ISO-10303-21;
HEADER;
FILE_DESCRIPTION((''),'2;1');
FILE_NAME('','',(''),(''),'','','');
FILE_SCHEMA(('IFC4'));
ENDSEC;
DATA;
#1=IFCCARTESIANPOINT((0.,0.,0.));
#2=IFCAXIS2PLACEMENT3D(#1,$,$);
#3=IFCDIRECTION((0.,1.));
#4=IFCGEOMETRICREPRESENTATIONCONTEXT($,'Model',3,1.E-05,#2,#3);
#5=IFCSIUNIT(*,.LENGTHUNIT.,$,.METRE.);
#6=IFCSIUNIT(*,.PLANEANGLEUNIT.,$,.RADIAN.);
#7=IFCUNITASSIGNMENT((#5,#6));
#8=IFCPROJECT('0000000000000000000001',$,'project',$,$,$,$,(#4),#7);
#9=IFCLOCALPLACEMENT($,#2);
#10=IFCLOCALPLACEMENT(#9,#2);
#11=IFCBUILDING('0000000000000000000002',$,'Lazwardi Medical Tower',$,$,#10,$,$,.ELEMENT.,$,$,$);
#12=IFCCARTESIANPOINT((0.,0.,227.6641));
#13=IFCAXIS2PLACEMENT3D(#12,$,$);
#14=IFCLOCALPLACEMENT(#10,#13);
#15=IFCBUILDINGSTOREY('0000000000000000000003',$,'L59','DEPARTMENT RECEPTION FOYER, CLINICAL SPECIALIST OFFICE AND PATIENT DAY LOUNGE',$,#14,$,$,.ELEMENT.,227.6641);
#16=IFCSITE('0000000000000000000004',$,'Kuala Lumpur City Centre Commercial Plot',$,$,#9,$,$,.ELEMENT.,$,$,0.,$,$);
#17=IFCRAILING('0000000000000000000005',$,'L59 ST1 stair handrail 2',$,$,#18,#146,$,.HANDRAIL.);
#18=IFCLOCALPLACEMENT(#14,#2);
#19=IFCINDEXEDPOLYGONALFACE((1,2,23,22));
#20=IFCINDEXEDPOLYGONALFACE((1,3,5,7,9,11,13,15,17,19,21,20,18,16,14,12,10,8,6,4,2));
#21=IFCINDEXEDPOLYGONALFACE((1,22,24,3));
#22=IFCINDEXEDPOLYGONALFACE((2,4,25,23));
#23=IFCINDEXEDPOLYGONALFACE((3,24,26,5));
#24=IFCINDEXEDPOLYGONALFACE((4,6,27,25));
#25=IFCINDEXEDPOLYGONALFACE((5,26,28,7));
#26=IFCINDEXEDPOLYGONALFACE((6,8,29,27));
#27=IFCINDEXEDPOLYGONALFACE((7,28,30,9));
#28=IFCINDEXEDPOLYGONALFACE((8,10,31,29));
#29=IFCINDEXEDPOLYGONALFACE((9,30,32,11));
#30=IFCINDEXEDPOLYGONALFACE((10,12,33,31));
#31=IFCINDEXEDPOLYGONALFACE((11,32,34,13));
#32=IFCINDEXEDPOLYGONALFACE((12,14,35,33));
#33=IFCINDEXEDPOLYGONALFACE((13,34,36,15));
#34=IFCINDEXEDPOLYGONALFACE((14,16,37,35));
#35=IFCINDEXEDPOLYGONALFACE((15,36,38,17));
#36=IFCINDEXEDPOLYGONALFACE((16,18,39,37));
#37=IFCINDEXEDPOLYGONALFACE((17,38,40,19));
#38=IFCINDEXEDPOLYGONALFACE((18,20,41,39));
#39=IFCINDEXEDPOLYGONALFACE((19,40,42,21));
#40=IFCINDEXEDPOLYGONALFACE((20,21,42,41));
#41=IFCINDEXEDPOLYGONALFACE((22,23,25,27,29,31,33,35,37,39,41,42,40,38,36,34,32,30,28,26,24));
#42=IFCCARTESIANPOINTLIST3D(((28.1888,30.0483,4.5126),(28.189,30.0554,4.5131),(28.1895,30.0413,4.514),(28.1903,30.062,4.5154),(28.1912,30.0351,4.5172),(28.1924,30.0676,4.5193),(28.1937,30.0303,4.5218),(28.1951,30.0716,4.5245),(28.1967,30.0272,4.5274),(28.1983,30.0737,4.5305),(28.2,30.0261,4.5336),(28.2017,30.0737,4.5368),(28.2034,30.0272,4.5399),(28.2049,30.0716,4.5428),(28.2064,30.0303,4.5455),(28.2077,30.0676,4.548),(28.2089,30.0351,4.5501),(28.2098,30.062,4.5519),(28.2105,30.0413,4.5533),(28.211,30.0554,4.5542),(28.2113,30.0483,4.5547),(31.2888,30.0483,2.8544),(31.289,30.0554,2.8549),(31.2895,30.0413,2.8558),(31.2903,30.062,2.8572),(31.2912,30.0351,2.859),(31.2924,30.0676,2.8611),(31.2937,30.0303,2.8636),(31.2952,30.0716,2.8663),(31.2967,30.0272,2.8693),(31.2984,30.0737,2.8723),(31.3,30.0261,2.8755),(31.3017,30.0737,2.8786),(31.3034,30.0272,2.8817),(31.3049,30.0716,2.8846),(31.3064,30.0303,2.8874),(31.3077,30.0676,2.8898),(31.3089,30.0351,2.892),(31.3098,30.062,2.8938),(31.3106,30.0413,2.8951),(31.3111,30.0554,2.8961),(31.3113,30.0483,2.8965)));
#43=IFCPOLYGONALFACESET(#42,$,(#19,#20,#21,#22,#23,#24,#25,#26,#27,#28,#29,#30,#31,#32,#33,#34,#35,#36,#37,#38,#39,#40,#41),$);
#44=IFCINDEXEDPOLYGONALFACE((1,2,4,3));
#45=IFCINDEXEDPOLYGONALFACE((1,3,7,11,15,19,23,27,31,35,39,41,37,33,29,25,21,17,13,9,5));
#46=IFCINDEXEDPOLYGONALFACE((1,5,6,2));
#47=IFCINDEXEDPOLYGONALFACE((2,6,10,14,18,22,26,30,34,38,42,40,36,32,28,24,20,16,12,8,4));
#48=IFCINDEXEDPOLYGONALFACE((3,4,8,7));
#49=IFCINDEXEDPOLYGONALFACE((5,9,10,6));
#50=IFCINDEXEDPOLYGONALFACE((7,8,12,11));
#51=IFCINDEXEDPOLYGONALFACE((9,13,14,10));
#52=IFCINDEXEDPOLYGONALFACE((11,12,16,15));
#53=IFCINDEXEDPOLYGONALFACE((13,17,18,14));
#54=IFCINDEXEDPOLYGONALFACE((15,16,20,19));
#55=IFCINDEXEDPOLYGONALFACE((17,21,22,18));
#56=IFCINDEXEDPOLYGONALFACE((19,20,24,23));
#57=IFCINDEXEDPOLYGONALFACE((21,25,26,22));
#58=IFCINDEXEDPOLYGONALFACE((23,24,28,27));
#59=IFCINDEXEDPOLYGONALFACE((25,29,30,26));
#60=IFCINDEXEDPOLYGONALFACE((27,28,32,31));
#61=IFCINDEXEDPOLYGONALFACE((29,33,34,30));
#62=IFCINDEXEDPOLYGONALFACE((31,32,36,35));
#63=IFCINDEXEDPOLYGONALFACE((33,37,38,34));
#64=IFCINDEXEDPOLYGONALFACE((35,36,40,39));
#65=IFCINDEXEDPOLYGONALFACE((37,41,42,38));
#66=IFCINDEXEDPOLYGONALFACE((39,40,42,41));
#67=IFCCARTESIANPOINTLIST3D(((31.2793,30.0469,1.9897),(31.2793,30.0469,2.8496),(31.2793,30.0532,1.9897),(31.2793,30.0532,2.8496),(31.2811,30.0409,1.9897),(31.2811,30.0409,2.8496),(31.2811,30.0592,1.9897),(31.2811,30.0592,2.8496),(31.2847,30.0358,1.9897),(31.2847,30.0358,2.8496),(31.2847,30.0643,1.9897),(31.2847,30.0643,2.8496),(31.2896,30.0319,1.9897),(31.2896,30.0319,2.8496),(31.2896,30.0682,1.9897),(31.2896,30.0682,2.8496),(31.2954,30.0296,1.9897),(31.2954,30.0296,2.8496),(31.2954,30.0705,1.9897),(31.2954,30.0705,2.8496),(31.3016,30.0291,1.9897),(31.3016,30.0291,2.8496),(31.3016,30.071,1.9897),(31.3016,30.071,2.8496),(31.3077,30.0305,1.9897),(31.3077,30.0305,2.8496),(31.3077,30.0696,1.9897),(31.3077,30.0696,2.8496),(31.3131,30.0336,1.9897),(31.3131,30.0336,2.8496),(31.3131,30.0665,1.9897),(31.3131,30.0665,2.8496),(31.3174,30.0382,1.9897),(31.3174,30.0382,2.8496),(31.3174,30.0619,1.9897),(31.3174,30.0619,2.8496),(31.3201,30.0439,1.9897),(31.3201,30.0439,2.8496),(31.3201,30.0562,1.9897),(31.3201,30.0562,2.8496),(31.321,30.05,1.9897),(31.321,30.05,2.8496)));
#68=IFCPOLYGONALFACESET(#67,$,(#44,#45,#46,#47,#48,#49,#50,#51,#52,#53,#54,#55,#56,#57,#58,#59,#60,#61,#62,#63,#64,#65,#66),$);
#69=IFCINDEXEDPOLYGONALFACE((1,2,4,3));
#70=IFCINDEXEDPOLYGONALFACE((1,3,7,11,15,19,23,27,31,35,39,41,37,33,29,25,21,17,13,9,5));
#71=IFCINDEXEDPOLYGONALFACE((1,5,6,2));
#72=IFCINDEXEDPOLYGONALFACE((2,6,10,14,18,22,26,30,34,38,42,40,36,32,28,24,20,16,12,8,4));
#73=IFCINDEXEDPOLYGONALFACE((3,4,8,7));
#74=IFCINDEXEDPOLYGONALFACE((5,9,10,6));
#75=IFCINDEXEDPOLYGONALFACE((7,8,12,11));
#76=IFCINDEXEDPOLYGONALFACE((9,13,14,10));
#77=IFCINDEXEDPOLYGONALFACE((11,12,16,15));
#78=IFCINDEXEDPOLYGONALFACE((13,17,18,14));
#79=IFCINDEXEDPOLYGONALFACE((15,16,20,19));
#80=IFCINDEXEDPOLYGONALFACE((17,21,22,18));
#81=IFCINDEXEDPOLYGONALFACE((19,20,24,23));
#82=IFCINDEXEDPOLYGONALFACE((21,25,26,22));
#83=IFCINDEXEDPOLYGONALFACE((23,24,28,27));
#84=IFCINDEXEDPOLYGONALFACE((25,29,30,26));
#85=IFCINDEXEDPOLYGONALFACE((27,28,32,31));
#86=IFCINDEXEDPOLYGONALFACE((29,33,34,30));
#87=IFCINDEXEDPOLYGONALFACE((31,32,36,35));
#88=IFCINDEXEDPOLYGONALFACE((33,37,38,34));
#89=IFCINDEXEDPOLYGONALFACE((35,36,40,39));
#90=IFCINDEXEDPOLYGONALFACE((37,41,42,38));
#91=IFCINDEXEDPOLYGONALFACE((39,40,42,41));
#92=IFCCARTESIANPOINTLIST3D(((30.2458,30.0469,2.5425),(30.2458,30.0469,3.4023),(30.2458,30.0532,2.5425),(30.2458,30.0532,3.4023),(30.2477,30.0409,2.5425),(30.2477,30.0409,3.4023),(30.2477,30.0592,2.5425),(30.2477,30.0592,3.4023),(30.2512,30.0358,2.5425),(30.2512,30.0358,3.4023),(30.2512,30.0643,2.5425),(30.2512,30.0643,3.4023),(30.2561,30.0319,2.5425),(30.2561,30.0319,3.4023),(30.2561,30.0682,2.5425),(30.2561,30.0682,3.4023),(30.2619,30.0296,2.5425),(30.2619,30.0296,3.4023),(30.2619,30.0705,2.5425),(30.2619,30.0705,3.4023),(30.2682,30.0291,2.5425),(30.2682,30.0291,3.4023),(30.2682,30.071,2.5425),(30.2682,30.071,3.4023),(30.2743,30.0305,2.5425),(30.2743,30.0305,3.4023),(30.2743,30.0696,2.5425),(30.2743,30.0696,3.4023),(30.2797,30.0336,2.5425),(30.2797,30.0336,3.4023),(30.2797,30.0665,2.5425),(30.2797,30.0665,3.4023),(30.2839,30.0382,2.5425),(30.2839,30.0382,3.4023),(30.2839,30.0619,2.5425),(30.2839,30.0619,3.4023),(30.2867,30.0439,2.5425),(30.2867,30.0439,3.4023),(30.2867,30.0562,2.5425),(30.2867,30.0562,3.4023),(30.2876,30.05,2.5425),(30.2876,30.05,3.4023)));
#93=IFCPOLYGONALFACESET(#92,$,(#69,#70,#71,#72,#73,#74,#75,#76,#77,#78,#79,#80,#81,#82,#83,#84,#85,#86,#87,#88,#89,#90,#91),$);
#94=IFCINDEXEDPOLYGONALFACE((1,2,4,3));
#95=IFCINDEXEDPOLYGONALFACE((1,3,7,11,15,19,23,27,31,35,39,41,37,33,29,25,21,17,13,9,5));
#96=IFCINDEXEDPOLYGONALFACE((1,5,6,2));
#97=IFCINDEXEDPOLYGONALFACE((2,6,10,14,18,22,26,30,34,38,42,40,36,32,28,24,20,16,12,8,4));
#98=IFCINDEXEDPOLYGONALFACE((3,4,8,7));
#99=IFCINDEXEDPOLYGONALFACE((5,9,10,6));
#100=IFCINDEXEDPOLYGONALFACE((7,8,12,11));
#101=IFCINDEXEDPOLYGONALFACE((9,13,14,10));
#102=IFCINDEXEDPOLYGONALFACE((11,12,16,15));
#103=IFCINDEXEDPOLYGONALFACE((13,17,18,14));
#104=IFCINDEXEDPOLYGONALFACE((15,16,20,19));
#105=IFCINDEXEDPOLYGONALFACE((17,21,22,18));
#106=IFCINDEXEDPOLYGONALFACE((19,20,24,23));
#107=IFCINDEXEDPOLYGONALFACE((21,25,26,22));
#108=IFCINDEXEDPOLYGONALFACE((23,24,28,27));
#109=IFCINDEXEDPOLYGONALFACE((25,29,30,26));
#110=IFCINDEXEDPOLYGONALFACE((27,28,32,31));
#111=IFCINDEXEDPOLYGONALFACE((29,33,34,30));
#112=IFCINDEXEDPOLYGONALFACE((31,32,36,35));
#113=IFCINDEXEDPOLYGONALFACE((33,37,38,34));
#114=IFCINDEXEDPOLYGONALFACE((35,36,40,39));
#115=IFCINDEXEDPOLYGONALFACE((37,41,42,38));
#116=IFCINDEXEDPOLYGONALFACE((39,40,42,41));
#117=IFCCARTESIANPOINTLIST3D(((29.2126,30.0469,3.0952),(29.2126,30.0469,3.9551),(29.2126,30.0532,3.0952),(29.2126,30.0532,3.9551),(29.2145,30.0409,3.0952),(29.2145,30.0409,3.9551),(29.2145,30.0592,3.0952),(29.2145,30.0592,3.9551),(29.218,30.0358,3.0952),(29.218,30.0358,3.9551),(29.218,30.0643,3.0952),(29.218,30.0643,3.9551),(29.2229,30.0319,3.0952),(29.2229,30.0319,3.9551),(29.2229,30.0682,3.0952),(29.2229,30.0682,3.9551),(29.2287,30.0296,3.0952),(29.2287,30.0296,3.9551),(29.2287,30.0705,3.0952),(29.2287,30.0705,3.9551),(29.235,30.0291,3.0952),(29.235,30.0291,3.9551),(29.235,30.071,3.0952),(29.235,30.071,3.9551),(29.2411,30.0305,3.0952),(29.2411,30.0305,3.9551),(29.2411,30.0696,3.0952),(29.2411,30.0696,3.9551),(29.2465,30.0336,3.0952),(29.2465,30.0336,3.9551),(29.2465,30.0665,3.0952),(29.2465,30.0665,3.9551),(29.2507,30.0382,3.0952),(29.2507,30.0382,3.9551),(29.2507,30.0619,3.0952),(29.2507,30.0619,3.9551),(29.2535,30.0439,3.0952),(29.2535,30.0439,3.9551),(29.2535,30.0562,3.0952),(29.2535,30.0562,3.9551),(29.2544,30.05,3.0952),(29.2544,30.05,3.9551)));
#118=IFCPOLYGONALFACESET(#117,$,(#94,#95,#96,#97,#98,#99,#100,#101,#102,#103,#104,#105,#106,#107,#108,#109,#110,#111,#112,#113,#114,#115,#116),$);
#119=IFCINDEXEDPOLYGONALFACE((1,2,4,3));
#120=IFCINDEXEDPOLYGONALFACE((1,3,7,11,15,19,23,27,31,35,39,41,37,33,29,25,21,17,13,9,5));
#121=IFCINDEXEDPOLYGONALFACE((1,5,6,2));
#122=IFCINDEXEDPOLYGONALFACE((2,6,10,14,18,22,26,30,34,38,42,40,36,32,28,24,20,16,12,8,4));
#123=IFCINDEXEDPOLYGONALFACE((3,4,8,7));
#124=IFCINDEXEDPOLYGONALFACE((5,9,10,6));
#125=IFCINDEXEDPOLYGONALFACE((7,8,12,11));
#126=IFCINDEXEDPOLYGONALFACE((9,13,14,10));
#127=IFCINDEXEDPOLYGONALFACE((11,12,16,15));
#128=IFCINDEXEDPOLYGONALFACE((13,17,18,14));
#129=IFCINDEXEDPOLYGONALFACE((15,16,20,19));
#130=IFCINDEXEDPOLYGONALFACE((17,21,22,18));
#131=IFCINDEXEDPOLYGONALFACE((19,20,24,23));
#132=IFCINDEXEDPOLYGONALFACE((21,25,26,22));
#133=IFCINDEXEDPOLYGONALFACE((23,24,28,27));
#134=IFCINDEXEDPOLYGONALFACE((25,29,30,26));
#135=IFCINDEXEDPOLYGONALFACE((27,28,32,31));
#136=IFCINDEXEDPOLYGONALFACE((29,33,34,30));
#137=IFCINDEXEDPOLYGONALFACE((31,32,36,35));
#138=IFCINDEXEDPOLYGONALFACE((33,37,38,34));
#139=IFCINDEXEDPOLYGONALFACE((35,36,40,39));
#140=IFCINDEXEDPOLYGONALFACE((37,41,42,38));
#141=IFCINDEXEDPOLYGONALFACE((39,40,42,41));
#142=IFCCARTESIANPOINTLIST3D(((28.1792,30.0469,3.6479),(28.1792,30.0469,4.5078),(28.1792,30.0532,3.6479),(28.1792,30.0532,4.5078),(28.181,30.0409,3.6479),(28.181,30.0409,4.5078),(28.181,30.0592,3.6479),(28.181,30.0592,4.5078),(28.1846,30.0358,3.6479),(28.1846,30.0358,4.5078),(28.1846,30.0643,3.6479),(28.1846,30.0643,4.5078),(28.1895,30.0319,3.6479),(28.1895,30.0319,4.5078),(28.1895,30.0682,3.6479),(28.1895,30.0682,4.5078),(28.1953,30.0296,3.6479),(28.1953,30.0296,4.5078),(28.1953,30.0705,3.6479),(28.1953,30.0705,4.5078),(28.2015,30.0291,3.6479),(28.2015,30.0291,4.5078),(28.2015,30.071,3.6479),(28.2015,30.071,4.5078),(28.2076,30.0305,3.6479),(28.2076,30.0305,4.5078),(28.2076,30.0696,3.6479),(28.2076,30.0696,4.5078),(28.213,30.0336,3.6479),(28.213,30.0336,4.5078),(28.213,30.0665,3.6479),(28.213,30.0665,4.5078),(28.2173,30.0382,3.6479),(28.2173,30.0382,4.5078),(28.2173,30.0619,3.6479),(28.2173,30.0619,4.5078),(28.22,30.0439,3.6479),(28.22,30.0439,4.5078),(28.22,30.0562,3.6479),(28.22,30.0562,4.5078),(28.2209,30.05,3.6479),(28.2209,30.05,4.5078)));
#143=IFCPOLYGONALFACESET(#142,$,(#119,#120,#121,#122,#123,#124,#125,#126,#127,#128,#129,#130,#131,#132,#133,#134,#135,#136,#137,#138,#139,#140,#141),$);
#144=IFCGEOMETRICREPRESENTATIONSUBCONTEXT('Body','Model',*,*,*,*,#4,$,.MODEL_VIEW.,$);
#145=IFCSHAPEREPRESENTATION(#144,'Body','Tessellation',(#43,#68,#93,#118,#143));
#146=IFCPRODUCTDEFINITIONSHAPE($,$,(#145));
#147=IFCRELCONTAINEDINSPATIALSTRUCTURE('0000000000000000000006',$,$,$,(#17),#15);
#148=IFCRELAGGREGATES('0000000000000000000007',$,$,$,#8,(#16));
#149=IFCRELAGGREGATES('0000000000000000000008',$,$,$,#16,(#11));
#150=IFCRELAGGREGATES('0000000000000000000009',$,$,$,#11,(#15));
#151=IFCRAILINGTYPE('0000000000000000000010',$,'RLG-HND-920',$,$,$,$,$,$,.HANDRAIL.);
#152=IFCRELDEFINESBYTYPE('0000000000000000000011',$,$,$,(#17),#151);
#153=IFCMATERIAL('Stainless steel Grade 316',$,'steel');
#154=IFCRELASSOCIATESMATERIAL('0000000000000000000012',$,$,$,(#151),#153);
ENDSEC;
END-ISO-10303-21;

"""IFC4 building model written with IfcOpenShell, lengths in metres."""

from ifc_helpers import new_model, si_unit, direction, frame, origin, origin_2d, place, context, subcontext, project, spatial, circle, extrude, material, type_object, element, save


model = new_model("IFC4")

# Units and contexts
model_context = context("Model", 3, precision=1e-05, world=origin(), true_north=direction((0.0, 1.0)))
body_context = subcontext(model_context, "Body", "Model", "MODEL_VIEW")
ifc_project = project(units=[si_unit("LENGTHUNIT", "METRE"), si_unit("PLANEANGLEUNIT", "RADIAN")], contexts=[model_context])

# Site, building, storey
site_placement = place(None, origin())
site = spatial("IfcSite", under=ifc_project, at=site_placement, Name="Kuala Lumpur City Centre Commercial Plot", CompositionType="ELEMENT", RefElevation=0.0)
building_placement = place(site_placement, origin())
building = spatial("IfcBuilding", under=site, at=building_placement, Name="Lazwardi Medical Tower", CompositionType="ELEMENT")
storey_placement = place(building_placement, frame((0.0, 0.0, 227.6641)))
storey = spatial("IfcBuildingStorey", under=building, at=storey_placement, Name="L59", Description="DEPARTMENT RECEPTION FOYER, CLINICAL SPECIALIST OFFICE AND PATIENT DAY LOUNGE", CompositionType="ELEMENT", Elevation=227.6641)

# Railing
ifc_material_1 = material(Name="Stainless steel Grade 316", Category="steel")
railing_type_1 = type_object("IfcRailingType", Name="RLG-HND-920", PredefinedType="HANDRAIL", material=ifc_material_1)
railing_1_placement = place(storey_placement, frame((31.3, 30.05, 1.9897)))
element("IfcRailing", 1, at=railing_1_placement, inside=storey, type_object=railing_type_1, Name="L59 ST1 stair handrail 2", PredefinedType="HANDRAIL", context=body_context, shape_type="SweptSolid", body=[
    extrude(circle(Radius=0.0239, at=origin_2d()), frame((0.0, 0.0, 0.8857), z_axis=(-0.881783, 0.0, 0.471655), x_axis=(0.0, -1.0, 0.0)), (0.0, 0.0, 1.0), 3.5156),
    extrude(circle(Radius=0.021, at=origin_2d()), origin(), (0.0, 0.0, 1.0), 0.8599),
    extrude(circle(Radius=0.021, at=origin_2d()), frame((-1.0334, 0.0, 0.5527)), (0.0, 0.0, 1.0), 0.8599),
    extrude(circle(Radius=0.021, at=origin_2d()), frame((-2.0667, 0.0, 1.1055)), (0.0, 0.0, 1.0), 0.8599),
    extrude(circle(Radius=0.021, at=origin_2d()), frame((-3.1001, 0.0, 1.6582)), (0.0, 0.0, 1.0), 0.8599),
])

save(model, "model.ifc")
